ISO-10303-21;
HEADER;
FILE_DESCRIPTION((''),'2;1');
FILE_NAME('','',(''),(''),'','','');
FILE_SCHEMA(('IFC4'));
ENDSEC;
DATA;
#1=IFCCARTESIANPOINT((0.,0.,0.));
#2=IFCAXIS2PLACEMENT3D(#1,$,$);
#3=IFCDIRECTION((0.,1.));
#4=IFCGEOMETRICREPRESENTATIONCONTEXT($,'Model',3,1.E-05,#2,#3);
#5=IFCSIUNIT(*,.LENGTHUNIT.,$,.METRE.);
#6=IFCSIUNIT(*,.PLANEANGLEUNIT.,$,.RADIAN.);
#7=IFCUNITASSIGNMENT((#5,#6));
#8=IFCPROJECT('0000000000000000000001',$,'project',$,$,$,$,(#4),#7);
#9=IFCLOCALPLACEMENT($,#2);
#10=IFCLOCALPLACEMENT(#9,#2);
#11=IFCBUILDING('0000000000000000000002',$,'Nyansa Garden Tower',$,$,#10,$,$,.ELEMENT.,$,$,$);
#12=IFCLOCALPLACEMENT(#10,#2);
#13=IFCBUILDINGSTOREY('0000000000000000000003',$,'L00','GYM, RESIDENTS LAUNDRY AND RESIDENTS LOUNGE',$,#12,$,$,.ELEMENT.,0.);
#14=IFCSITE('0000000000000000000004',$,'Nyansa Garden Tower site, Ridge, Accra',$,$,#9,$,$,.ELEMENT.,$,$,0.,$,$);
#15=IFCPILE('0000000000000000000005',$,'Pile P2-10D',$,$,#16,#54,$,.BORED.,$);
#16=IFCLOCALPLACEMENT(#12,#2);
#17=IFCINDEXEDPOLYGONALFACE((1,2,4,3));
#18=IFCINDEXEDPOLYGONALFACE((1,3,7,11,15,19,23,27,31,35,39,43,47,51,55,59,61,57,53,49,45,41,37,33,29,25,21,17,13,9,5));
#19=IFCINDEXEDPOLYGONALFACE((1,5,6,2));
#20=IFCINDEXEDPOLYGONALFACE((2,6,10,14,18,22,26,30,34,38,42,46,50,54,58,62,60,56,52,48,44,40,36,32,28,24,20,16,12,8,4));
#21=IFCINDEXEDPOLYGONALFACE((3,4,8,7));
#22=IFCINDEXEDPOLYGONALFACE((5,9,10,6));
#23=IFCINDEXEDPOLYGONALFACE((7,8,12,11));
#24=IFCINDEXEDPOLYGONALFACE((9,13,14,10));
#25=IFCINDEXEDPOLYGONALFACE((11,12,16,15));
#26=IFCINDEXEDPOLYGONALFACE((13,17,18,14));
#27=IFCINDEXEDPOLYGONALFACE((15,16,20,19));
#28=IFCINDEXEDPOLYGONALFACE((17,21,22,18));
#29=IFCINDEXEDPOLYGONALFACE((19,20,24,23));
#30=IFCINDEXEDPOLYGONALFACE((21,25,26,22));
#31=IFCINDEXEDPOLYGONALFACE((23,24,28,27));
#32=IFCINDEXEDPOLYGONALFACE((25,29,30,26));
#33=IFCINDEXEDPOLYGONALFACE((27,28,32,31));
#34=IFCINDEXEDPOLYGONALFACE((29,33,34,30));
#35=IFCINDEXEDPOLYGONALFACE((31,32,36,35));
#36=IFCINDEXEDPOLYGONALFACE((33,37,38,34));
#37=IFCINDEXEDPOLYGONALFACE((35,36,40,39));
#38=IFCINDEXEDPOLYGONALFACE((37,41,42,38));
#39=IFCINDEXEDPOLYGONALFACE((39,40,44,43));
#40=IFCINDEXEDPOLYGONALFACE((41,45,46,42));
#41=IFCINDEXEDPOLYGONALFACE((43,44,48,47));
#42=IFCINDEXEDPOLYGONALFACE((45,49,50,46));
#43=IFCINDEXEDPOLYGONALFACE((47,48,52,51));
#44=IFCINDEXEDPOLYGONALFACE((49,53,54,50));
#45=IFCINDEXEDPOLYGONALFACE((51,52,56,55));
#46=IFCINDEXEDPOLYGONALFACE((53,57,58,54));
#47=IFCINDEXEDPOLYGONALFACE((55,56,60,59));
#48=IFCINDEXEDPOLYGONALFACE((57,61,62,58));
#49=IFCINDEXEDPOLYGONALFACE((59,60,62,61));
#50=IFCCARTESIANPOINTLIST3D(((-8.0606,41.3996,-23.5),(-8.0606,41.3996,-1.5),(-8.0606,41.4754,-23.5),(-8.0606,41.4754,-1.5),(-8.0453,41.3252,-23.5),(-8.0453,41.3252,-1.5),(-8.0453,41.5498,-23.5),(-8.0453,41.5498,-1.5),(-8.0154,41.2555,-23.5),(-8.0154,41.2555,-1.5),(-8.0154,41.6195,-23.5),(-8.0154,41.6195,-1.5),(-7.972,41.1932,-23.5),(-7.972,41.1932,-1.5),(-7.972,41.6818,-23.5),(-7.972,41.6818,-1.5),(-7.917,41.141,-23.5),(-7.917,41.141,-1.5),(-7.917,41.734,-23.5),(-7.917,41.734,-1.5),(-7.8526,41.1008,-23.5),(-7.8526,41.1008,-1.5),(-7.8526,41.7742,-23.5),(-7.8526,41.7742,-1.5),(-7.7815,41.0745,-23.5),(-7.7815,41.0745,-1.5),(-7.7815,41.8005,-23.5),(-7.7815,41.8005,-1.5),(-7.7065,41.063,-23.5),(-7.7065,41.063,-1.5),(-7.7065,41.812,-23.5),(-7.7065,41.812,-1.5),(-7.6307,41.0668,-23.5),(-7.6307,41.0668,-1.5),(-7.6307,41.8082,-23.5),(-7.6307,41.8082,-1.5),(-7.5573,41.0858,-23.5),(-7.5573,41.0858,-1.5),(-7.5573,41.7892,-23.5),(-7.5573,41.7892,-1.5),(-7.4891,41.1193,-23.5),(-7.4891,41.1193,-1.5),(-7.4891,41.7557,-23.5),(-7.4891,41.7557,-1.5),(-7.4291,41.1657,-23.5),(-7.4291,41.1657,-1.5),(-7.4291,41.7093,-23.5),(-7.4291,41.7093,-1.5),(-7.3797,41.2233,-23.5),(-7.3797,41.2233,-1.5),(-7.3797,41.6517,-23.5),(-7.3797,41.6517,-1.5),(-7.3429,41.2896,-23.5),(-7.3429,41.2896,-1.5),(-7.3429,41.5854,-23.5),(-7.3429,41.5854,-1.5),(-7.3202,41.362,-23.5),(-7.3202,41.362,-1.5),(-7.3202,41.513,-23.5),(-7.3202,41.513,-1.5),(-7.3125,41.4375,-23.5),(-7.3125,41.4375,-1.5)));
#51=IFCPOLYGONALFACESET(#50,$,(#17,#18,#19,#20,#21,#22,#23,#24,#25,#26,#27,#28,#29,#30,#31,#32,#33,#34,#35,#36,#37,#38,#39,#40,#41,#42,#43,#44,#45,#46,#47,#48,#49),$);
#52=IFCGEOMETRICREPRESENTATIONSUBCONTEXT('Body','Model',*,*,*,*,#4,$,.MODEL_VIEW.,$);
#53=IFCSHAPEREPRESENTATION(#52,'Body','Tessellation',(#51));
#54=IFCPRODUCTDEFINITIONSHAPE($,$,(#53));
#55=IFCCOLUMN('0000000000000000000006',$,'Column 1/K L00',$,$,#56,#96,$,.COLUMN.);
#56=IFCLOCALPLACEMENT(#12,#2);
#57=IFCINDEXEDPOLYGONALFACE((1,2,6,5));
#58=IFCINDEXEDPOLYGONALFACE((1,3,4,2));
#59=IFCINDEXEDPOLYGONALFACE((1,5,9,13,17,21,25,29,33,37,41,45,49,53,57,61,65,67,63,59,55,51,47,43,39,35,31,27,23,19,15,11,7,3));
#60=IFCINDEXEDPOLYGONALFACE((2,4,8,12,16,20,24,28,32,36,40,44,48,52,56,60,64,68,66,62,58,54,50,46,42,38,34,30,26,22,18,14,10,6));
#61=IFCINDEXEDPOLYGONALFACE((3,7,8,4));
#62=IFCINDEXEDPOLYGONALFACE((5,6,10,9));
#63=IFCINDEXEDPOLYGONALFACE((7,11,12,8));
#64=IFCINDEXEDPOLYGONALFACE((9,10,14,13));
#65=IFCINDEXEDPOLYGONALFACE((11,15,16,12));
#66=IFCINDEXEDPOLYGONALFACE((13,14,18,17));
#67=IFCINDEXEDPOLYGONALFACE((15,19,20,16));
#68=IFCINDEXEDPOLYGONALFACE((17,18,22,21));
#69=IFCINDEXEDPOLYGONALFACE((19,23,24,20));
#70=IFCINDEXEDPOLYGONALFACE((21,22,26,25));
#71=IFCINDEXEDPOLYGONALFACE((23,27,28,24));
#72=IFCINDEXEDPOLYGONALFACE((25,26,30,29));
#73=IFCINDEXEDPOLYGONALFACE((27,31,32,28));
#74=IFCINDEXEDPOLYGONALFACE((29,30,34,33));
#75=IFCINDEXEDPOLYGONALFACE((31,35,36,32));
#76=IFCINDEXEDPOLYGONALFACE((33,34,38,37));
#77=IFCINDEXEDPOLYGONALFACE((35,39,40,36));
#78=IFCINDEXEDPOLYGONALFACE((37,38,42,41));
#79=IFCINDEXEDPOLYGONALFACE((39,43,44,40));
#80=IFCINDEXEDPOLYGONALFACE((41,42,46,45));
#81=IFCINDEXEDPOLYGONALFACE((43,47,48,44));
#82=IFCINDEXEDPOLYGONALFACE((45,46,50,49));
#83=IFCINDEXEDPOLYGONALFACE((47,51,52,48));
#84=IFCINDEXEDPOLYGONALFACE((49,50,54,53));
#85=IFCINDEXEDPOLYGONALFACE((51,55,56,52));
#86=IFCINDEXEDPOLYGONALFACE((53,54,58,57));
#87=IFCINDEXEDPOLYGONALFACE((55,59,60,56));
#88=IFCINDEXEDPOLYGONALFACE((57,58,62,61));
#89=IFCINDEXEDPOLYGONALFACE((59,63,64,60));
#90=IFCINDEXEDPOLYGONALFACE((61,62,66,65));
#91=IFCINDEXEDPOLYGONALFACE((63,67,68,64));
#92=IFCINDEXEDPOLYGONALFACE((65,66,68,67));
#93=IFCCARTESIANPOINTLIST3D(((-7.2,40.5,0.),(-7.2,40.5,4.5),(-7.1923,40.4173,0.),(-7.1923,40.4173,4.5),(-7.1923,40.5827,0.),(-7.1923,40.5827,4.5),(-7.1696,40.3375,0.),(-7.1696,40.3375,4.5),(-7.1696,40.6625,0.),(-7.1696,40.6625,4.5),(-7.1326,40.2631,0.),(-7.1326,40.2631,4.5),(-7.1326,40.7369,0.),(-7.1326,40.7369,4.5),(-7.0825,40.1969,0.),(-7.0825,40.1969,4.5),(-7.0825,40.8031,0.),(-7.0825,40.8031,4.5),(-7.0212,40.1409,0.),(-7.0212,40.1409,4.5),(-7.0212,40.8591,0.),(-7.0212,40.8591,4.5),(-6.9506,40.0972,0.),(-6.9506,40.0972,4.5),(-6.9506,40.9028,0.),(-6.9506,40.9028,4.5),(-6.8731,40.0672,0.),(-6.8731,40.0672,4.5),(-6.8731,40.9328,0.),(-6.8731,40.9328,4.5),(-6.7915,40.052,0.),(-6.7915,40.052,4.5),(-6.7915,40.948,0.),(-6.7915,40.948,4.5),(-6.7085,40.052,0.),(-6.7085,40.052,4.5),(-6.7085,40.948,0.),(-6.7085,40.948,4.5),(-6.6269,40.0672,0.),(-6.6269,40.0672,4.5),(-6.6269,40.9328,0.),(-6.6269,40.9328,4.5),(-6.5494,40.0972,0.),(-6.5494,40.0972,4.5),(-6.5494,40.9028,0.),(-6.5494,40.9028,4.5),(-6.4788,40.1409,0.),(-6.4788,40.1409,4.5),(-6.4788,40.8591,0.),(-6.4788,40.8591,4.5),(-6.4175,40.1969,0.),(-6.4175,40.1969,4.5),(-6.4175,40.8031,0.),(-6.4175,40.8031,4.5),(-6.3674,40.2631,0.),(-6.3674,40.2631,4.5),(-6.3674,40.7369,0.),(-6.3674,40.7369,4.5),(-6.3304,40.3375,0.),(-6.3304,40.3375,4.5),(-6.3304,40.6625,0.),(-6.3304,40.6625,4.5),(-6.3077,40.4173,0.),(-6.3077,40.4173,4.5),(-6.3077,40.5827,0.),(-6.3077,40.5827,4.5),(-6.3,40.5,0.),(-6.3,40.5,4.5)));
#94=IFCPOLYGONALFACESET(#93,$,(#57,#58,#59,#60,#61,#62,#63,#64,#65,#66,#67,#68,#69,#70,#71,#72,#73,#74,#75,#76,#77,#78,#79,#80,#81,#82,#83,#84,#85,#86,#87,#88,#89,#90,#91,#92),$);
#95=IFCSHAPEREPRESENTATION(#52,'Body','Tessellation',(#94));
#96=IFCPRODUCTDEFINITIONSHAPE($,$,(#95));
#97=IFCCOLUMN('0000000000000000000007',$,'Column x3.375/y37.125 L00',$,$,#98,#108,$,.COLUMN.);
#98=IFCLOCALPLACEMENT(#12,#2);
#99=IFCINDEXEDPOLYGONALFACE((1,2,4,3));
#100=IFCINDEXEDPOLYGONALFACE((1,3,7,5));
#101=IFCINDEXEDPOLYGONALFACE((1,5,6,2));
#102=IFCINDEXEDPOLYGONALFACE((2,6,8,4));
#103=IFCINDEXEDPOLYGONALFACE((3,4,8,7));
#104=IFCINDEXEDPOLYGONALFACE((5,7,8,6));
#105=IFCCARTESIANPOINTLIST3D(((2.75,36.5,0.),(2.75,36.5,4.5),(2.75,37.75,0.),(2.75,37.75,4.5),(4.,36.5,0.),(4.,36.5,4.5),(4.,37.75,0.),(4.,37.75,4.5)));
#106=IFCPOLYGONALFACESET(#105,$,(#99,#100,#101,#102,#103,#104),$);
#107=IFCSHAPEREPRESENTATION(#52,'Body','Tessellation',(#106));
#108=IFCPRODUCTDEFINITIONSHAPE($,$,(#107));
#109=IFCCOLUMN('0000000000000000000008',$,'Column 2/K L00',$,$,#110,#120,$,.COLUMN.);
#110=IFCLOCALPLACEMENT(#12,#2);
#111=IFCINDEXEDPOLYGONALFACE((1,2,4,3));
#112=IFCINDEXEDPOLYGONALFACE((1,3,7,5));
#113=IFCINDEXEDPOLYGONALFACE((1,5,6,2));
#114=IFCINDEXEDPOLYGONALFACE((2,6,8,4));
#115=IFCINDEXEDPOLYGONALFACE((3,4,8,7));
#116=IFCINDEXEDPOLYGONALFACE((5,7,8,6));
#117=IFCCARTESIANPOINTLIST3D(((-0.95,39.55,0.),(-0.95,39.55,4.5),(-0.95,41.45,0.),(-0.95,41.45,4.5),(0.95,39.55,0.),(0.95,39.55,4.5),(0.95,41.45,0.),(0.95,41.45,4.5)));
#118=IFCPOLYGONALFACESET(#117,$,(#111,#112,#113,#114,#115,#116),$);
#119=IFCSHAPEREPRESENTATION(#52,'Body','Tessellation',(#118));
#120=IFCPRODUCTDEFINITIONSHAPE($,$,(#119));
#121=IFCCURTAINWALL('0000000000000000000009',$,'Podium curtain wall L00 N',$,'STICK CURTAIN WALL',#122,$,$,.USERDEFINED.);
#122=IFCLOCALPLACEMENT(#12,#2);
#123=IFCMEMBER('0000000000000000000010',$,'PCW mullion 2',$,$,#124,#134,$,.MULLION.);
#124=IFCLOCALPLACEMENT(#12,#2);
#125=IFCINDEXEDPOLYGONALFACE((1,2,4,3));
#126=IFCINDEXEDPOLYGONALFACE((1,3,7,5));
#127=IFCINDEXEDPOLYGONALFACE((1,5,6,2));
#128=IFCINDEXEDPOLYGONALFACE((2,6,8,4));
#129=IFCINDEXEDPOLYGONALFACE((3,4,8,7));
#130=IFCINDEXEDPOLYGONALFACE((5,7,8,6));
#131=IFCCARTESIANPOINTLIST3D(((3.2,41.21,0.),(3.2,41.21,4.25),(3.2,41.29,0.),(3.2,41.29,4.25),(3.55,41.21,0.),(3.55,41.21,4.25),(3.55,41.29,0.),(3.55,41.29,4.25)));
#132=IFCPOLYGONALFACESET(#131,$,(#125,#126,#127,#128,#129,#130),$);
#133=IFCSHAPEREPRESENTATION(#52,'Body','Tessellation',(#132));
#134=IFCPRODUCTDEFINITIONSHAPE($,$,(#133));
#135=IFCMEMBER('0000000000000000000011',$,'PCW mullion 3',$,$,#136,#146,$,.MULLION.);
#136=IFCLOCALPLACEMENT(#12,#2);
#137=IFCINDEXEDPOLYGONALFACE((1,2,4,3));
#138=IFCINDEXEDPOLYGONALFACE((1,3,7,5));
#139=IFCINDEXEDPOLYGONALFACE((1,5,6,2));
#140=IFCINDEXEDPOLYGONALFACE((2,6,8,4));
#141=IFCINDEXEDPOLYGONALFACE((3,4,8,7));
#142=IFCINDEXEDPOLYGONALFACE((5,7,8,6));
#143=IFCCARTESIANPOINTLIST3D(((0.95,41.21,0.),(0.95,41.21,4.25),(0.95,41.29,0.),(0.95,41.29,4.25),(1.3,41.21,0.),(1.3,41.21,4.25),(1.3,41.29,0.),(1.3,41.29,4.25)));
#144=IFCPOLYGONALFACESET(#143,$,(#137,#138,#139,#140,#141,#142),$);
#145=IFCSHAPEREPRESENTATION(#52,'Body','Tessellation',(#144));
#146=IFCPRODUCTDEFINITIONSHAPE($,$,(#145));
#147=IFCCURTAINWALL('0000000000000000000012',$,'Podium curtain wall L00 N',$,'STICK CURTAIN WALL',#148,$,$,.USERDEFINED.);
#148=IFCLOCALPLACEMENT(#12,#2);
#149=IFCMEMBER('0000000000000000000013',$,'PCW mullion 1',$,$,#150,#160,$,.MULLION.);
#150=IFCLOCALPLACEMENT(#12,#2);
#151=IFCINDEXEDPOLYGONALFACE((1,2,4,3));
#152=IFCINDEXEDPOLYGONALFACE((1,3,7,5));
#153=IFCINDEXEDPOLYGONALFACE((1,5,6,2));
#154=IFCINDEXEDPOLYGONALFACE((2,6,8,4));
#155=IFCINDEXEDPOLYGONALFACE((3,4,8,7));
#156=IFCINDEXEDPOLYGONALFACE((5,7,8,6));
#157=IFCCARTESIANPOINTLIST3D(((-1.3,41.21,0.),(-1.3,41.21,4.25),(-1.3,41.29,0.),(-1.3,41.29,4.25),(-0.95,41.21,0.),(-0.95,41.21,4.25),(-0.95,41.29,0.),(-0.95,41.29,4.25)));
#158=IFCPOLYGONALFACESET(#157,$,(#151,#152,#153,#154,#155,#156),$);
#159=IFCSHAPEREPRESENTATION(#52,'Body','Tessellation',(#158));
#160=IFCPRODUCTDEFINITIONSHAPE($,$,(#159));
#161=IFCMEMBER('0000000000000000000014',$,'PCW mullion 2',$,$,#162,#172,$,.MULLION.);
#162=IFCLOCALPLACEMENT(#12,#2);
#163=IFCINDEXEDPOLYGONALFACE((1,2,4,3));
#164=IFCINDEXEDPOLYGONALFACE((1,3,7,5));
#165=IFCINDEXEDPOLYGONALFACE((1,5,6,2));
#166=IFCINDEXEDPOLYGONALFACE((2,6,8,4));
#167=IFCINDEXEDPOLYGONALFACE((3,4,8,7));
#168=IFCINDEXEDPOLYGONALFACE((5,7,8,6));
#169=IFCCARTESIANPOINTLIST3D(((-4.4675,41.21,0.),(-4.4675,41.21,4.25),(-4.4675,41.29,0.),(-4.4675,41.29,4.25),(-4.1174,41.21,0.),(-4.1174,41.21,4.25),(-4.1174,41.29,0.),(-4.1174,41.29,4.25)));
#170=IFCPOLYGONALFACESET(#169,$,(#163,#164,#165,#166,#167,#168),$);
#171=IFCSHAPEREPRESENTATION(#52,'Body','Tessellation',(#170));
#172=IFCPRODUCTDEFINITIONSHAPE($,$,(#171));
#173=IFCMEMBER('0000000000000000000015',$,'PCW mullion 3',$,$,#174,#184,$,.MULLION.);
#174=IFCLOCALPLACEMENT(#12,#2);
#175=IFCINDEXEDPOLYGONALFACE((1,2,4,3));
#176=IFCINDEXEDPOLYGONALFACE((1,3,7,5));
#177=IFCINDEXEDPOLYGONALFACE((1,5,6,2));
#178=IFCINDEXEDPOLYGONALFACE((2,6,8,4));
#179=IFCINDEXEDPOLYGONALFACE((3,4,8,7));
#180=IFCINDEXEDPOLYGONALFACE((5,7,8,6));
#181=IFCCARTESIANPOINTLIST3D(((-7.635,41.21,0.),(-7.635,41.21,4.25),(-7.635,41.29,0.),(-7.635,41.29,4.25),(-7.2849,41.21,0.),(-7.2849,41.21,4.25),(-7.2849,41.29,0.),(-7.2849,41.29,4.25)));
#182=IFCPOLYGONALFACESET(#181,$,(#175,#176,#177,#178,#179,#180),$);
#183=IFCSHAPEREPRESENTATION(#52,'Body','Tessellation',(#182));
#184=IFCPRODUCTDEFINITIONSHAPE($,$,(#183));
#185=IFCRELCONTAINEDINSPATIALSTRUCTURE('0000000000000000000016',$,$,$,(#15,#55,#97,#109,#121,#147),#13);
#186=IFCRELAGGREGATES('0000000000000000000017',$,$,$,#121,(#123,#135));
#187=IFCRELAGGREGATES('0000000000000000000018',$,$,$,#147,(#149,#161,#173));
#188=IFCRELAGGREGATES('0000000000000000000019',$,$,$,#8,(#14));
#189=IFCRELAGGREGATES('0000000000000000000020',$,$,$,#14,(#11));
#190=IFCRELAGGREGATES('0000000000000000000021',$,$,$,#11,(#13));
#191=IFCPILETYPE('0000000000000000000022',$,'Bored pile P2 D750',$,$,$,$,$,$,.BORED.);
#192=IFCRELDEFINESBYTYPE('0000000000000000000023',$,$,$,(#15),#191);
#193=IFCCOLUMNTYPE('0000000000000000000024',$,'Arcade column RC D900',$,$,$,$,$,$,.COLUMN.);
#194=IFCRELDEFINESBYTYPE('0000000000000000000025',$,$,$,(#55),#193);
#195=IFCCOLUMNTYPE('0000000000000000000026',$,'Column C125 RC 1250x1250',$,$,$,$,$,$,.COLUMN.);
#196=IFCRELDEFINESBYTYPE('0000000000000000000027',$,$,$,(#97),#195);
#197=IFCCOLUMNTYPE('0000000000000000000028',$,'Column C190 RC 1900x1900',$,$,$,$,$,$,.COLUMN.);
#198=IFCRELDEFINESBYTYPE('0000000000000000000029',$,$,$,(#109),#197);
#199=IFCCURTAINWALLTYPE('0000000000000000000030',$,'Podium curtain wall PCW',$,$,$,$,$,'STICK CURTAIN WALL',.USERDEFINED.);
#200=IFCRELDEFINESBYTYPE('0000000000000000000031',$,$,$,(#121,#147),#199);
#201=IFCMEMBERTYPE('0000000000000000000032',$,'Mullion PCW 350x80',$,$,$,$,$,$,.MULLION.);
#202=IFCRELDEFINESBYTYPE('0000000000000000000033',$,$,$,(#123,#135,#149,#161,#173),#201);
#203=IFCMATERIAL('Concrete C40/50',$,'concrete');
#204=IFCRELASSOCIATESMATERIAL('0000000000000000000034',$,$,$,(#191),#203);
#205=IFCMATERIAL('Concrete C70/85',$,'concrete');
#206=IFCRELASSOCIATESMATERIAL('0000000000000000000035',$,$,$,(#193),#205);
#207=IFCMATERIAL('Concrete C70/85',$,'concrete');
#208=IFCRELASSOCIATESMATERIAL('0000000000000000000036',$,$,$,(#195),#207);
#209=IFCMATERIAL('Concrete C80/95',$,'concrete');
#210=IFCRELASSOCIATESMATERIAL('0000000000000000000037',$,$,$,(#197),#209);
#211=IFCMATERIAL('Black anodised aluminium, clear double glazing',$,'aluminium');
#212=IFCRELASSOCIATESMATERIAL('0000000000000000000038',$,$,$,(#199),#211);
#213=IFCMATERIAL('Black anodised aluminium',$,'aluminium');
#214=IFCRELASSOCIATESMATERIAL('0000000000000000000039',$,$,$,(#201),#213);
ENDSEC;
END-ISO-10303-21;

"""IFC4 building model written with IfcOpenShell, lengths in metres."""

from ifc_helpers import new_model, si_unit, direction, frame, origin, origin_2d, place, context, subcontext, project, spatial, rectangle, circle, extrude, material, material_profile, profile_set, type_object, element, aggregate, save


model = new_model("IFC4")

# Units and contexts
model_context = context("Model", 3, precision=1e-05, world=origin(), true_north=direction((0.0, 1.0)))
body_context = subcontext(model_context, "Body", "Model", "MODEL_VIEW")
ifc_project = project(units=[si_unit("LENGTHUNIT", "METRE"), si_unit("PLANEANGLEUNIT", "RADIAN")], contexts=[model_context])

# Site, building, storey
site_placement = place(None, origin())
site = spatial("IfcSite", under=ifc_project, at=site_placement, Name="Nyansa Garden Tower site, Ridge, Accra", CompositionType="ELEMENT", RefElevation=0.0)
building_placement = place(site_placement, origin())
building = spatial("IfcBuilding", under=site, at=building_placement, Name="Nyansa Garden Tower", CompositionType="ELEMENT")
storey_placement = place(building_placement, origin())
storey = spatial("IfcBuildingStorey", under=building, at=storey_placement, Name="L00", Description="GYM, RESIDENTS LAUNDRY AND RESIDENTS LOUNGE", CompositionType="ELEMENT", Elevation=0.0)

# Pile
ifc_material_1 = material(Name="Concrete C40/50", Category="concrete")
pile_type_1 = type_object("IfcPileType", Name="Bored pile P2 D750", PredefinedType="BORED", material=ifc_material_1)
for number, where, z_axis, x_axis, name in (
    (1, (-7.6875, 41.4375, -1.5), (0.0, 0.0, -1.0), (1.0, 0.0, 0.0), "Pile P2-10D"),
):
    element("IfcPile", number, at=place(storey_placement, frame(where, z_axis=z_axis, x_axis=x_axis)), inside=storey, type_object=pile_type_1, Name=name, PredefinedType="BORED", context=body_context, shape_type="SweptSolid", body=[
        extrude(circle(Radius=0.375, at=origin_2d()), origin(), (0.0, 0.0, 1.0), 22.0),
    ])

# Columns
ifc_material_2 = material(Name="Concrete C70/85", Category="concrete")
ifc_material_profile_1 = material_profile(ifc_material_2, circle(Radius=0.45, at=origin_2d()), Name="RC D900")
ifc_profile_set_1 = profile_set([ifc_material_profile_1], Name="Concrete C70/85")
column_type_1 = type_object("IfcColumnType", Name="Arcade column RC D900", PredefinedType="COLUMN", material=ifc_profile_set_1)
column_1_placement = place(storey_placement, frame((-6.75, 40.5, 0.0), z_axis=(0.0, 0.0, 1.0), x_axis=(1.0, 0.0, 0.0)))
element("IfcColumn", 2, at=column_1_placement, inside=storey, type_object=column_type_1, Name="Column 1/K L00", PredefinedType="COLUMN", context=body_context, shape_type="SweptSolid", body=[
    extrude(circle(Radius=0.45, at=origin_2d()), origin(), (0.0, 0.0, 1.0), 4.5),
])
ifc_material_3 = material(Name="Concrete C70/85", Category="concrete")
ifc_material_profile_2 = material_profile(ifc_material_3, rectangle(XDim=1.25, YDim=1.25, at=origin_2d()), Name="RC 1250x1250")
ifc_profile_set_2 = profile_set([ifc_material_profile_2], Name="Concrete C70/85")
column_type_2 = type_object("IfcColumnType", Name="Column C125 RC 1250x1250", PredefinedType="COLUMN", material=ifc_profile_set_2)
column_2_placement = place(storey_placement, frame((3.375, 37.125, 0.0), z_axis=(0.0, 0.0, 1.0), x_axis=(1.0, 0.0, 0.0)))
element("IfcColumn", 3, at=column_2_placement, inside=storey, type_object=column_type_2, Name="Column x3.375/y37.125 L00", PredefinedType="COLUMN", context=body_context, shape_type="SweptSolid", body=[
    extrude(rectangle(XDim=1.25, YDim=1.25, at=origin_2d()), origin(), (0.0, 0.0, 1.0), 4.5),
])
ifc_material_4 = material(Name="Concrete C80/95", Category="concrete")
ifc_material_profile_3 = material_profile(ifc_material_4, rectangle(XDim=1.8999, YDim=1.8999, at=origin_2d()), Name="RC 1900x1900")
ifc_profile_set_3 = profile_set([ifc_material_profile_3], Name="Concrete C80/95")
column_type_3 = type_object("IfcColumnType", Name="Column C190 RC 1900x1900", PredefinedType="COLUMN", material=ifc_profile_set_3)
column_3_placement = place(storey_placement, frame((0.0, 40.5, 0.0), z_axis=(0.0, 0.0, 1.0), x_axis=(1.0, 0.0, 0.0)))
element("IfcColumn", 4, at=column_3_placement, inside=storey, type_object=column_type_3, Name="Column 2/K L00", PredefinedType="COLUMN", context=body_context, shape_type="SweptSolid", body=[
    extrude(rectangle(XDim=1.8999, YDim=1.8999, at=origin_2d()), origin(), (0.0, 0.0, 1.0), 4.5),
])

# Curtain walls, members
ifc_material_5 = material(Name="Black anodised aluminium, clear double glazing", Category="aluminium")
curtain_wall_type = type_object("IfcCurtainWallType", Name="Podium curtain wall PCW", ElementType="STICK CURTAIN WALL", PredefinedType="USERDEFINED", material=ifc_material_5)
curtain_wall_1_placement = place(storey_placement, origin())
curtain_wall_1 = element("IfcCurtainWall", 5, at=curtain_wall_1_placement, inside=storey, type_object=curtain_wall_type, Name="Podium curtain wall L00 N", ObjectType="STICK CURTAIN WALL", PredefinedType="USERDEFINED")
ifc_material_6 = material(Name="Black anodised aluminium", Category="aluminium")
ifc_material_profile_4 = material_profile(ifc_material_6, rectangle(XDim=0.0801, YDim=0.3501, at=origin_2d()), Name="Mullion 350x80")
ifc_profile_set_4 = profile_set([ifc_material_profile_4], Name="Black anodised aluminium")
member_type_1 = type_object("IfcMemberType", Name="Mullion PCW 350x80", PredefinedType="MULLION", material=ifc_profile_set_4)
member_1_placement = place(storey_placement, frame((3.375, 41.25, 0.0), z_axis=(0.0, 0.0, 1.0), x_axis=(0.0, -1.0, 0.0)))
member_1 = element("IfcMember", 6, at=member_1_placement, type_object=member_type_1, Name="PCW mullion 2", PredefinedType="MULLION", context=body_context, shape_type="SweptSolid", body=[
    extrude(rectangle(XDim=0.0801, YDim=0.3501, at=origin_2d()), origin(), (0.0, 0.0, 1.0), 4.25),
])
member_2_placement = place(storey_placement, frame((1.125, 41.25, 0.0), z_axis=(0.0, 0.0, 1.0), x_axis=(0.0, -1.0, 0.0)))
member_2 = element("IfcMember", 7, at=member_2_placement, type_object=member_type_1, Name="PCW mullion 3", PredefinedType="MULLION", context=body_context, shape_type="SweptSolid", body=[
    extrude(rectangle(XDim=0.0801, YDim=0.3501, at=origin_2d()), origin(), (0.0, 0.0, 1.0), 4.25),
])
curtain_wall_2_placement = place(storey_placement, origin())
curtain_wall_2 = element("IfcCurtainWall", 8, at=curtain_wall_2_placement, inside=storey, type_object=curtain_wall_type, Name="Podium curtain wall L00 N", ObjectType="STICK CURTAIN WALL", PredefinedType="USERDEFINED")
member_3_placement = place(storey_placement, frame((-1.125, 41.25, 0.0), z_axis=(0.0, 0.0, 1.0), x_axis=(0.0, -1.0, 0.0)))
member_3 = element("IfcMember", 9, at=member_3_placement, type_object=member_type_1, Name="PCW mullion 1", PredefinedType="MULLION", context=body_context, shape_type="SweptSolid", body=[
    extrude(rectangle(XDim=0.0801, YDim=0.3501, at=origin_2d()), origin(), (0.0, 0.0, 1.0), 4.25),
])
member_4_placement = place(storey_placement, frame((-4.2925, 41.25, 0.0), z_axis=(0.0, 0.0, 1.0), x_axis=(0.0, -1.0, 0.0)))
member_4 = element("IfcMember", 10, at=member_4_placement, type_object=member_type_1, Name="PCW mullion 2", PredefinedType="MULLION", context=body_context, shape_type="SweptSolid", body=[
    extrude(rectangle(XDim=0.0801, YDim=0.3501, at=origin_2d()), origin(), (0.0, 0.0, 1.0), 4.25),
])
member_5_placement = place(storey_placement, frame((-7.46, 41.25, 0.0), z_axis=(0.0, 0.0, 1.0), x_axis=(0.0, -1.0, 0.0)))
member_5 = element("IfcMember", 11, at=member_5_placement, type_object=member_type_1, Name="PCW mullion 3", PredefinedType="MULLION", context=body_context, shape_type="SweptSolid", body=[
    extrude(rectangle(XDim=0.0801, YDim=0.3501, at=origin_2d()), origin(), (0.0, 0.0, 1.0), 4.25),
])

aggregate(curtain_wall_1, [member_1, member_2])
aggregate(curtain_wall_2, [member_3, member_4, member_5])

save(model, "model.ifc")
